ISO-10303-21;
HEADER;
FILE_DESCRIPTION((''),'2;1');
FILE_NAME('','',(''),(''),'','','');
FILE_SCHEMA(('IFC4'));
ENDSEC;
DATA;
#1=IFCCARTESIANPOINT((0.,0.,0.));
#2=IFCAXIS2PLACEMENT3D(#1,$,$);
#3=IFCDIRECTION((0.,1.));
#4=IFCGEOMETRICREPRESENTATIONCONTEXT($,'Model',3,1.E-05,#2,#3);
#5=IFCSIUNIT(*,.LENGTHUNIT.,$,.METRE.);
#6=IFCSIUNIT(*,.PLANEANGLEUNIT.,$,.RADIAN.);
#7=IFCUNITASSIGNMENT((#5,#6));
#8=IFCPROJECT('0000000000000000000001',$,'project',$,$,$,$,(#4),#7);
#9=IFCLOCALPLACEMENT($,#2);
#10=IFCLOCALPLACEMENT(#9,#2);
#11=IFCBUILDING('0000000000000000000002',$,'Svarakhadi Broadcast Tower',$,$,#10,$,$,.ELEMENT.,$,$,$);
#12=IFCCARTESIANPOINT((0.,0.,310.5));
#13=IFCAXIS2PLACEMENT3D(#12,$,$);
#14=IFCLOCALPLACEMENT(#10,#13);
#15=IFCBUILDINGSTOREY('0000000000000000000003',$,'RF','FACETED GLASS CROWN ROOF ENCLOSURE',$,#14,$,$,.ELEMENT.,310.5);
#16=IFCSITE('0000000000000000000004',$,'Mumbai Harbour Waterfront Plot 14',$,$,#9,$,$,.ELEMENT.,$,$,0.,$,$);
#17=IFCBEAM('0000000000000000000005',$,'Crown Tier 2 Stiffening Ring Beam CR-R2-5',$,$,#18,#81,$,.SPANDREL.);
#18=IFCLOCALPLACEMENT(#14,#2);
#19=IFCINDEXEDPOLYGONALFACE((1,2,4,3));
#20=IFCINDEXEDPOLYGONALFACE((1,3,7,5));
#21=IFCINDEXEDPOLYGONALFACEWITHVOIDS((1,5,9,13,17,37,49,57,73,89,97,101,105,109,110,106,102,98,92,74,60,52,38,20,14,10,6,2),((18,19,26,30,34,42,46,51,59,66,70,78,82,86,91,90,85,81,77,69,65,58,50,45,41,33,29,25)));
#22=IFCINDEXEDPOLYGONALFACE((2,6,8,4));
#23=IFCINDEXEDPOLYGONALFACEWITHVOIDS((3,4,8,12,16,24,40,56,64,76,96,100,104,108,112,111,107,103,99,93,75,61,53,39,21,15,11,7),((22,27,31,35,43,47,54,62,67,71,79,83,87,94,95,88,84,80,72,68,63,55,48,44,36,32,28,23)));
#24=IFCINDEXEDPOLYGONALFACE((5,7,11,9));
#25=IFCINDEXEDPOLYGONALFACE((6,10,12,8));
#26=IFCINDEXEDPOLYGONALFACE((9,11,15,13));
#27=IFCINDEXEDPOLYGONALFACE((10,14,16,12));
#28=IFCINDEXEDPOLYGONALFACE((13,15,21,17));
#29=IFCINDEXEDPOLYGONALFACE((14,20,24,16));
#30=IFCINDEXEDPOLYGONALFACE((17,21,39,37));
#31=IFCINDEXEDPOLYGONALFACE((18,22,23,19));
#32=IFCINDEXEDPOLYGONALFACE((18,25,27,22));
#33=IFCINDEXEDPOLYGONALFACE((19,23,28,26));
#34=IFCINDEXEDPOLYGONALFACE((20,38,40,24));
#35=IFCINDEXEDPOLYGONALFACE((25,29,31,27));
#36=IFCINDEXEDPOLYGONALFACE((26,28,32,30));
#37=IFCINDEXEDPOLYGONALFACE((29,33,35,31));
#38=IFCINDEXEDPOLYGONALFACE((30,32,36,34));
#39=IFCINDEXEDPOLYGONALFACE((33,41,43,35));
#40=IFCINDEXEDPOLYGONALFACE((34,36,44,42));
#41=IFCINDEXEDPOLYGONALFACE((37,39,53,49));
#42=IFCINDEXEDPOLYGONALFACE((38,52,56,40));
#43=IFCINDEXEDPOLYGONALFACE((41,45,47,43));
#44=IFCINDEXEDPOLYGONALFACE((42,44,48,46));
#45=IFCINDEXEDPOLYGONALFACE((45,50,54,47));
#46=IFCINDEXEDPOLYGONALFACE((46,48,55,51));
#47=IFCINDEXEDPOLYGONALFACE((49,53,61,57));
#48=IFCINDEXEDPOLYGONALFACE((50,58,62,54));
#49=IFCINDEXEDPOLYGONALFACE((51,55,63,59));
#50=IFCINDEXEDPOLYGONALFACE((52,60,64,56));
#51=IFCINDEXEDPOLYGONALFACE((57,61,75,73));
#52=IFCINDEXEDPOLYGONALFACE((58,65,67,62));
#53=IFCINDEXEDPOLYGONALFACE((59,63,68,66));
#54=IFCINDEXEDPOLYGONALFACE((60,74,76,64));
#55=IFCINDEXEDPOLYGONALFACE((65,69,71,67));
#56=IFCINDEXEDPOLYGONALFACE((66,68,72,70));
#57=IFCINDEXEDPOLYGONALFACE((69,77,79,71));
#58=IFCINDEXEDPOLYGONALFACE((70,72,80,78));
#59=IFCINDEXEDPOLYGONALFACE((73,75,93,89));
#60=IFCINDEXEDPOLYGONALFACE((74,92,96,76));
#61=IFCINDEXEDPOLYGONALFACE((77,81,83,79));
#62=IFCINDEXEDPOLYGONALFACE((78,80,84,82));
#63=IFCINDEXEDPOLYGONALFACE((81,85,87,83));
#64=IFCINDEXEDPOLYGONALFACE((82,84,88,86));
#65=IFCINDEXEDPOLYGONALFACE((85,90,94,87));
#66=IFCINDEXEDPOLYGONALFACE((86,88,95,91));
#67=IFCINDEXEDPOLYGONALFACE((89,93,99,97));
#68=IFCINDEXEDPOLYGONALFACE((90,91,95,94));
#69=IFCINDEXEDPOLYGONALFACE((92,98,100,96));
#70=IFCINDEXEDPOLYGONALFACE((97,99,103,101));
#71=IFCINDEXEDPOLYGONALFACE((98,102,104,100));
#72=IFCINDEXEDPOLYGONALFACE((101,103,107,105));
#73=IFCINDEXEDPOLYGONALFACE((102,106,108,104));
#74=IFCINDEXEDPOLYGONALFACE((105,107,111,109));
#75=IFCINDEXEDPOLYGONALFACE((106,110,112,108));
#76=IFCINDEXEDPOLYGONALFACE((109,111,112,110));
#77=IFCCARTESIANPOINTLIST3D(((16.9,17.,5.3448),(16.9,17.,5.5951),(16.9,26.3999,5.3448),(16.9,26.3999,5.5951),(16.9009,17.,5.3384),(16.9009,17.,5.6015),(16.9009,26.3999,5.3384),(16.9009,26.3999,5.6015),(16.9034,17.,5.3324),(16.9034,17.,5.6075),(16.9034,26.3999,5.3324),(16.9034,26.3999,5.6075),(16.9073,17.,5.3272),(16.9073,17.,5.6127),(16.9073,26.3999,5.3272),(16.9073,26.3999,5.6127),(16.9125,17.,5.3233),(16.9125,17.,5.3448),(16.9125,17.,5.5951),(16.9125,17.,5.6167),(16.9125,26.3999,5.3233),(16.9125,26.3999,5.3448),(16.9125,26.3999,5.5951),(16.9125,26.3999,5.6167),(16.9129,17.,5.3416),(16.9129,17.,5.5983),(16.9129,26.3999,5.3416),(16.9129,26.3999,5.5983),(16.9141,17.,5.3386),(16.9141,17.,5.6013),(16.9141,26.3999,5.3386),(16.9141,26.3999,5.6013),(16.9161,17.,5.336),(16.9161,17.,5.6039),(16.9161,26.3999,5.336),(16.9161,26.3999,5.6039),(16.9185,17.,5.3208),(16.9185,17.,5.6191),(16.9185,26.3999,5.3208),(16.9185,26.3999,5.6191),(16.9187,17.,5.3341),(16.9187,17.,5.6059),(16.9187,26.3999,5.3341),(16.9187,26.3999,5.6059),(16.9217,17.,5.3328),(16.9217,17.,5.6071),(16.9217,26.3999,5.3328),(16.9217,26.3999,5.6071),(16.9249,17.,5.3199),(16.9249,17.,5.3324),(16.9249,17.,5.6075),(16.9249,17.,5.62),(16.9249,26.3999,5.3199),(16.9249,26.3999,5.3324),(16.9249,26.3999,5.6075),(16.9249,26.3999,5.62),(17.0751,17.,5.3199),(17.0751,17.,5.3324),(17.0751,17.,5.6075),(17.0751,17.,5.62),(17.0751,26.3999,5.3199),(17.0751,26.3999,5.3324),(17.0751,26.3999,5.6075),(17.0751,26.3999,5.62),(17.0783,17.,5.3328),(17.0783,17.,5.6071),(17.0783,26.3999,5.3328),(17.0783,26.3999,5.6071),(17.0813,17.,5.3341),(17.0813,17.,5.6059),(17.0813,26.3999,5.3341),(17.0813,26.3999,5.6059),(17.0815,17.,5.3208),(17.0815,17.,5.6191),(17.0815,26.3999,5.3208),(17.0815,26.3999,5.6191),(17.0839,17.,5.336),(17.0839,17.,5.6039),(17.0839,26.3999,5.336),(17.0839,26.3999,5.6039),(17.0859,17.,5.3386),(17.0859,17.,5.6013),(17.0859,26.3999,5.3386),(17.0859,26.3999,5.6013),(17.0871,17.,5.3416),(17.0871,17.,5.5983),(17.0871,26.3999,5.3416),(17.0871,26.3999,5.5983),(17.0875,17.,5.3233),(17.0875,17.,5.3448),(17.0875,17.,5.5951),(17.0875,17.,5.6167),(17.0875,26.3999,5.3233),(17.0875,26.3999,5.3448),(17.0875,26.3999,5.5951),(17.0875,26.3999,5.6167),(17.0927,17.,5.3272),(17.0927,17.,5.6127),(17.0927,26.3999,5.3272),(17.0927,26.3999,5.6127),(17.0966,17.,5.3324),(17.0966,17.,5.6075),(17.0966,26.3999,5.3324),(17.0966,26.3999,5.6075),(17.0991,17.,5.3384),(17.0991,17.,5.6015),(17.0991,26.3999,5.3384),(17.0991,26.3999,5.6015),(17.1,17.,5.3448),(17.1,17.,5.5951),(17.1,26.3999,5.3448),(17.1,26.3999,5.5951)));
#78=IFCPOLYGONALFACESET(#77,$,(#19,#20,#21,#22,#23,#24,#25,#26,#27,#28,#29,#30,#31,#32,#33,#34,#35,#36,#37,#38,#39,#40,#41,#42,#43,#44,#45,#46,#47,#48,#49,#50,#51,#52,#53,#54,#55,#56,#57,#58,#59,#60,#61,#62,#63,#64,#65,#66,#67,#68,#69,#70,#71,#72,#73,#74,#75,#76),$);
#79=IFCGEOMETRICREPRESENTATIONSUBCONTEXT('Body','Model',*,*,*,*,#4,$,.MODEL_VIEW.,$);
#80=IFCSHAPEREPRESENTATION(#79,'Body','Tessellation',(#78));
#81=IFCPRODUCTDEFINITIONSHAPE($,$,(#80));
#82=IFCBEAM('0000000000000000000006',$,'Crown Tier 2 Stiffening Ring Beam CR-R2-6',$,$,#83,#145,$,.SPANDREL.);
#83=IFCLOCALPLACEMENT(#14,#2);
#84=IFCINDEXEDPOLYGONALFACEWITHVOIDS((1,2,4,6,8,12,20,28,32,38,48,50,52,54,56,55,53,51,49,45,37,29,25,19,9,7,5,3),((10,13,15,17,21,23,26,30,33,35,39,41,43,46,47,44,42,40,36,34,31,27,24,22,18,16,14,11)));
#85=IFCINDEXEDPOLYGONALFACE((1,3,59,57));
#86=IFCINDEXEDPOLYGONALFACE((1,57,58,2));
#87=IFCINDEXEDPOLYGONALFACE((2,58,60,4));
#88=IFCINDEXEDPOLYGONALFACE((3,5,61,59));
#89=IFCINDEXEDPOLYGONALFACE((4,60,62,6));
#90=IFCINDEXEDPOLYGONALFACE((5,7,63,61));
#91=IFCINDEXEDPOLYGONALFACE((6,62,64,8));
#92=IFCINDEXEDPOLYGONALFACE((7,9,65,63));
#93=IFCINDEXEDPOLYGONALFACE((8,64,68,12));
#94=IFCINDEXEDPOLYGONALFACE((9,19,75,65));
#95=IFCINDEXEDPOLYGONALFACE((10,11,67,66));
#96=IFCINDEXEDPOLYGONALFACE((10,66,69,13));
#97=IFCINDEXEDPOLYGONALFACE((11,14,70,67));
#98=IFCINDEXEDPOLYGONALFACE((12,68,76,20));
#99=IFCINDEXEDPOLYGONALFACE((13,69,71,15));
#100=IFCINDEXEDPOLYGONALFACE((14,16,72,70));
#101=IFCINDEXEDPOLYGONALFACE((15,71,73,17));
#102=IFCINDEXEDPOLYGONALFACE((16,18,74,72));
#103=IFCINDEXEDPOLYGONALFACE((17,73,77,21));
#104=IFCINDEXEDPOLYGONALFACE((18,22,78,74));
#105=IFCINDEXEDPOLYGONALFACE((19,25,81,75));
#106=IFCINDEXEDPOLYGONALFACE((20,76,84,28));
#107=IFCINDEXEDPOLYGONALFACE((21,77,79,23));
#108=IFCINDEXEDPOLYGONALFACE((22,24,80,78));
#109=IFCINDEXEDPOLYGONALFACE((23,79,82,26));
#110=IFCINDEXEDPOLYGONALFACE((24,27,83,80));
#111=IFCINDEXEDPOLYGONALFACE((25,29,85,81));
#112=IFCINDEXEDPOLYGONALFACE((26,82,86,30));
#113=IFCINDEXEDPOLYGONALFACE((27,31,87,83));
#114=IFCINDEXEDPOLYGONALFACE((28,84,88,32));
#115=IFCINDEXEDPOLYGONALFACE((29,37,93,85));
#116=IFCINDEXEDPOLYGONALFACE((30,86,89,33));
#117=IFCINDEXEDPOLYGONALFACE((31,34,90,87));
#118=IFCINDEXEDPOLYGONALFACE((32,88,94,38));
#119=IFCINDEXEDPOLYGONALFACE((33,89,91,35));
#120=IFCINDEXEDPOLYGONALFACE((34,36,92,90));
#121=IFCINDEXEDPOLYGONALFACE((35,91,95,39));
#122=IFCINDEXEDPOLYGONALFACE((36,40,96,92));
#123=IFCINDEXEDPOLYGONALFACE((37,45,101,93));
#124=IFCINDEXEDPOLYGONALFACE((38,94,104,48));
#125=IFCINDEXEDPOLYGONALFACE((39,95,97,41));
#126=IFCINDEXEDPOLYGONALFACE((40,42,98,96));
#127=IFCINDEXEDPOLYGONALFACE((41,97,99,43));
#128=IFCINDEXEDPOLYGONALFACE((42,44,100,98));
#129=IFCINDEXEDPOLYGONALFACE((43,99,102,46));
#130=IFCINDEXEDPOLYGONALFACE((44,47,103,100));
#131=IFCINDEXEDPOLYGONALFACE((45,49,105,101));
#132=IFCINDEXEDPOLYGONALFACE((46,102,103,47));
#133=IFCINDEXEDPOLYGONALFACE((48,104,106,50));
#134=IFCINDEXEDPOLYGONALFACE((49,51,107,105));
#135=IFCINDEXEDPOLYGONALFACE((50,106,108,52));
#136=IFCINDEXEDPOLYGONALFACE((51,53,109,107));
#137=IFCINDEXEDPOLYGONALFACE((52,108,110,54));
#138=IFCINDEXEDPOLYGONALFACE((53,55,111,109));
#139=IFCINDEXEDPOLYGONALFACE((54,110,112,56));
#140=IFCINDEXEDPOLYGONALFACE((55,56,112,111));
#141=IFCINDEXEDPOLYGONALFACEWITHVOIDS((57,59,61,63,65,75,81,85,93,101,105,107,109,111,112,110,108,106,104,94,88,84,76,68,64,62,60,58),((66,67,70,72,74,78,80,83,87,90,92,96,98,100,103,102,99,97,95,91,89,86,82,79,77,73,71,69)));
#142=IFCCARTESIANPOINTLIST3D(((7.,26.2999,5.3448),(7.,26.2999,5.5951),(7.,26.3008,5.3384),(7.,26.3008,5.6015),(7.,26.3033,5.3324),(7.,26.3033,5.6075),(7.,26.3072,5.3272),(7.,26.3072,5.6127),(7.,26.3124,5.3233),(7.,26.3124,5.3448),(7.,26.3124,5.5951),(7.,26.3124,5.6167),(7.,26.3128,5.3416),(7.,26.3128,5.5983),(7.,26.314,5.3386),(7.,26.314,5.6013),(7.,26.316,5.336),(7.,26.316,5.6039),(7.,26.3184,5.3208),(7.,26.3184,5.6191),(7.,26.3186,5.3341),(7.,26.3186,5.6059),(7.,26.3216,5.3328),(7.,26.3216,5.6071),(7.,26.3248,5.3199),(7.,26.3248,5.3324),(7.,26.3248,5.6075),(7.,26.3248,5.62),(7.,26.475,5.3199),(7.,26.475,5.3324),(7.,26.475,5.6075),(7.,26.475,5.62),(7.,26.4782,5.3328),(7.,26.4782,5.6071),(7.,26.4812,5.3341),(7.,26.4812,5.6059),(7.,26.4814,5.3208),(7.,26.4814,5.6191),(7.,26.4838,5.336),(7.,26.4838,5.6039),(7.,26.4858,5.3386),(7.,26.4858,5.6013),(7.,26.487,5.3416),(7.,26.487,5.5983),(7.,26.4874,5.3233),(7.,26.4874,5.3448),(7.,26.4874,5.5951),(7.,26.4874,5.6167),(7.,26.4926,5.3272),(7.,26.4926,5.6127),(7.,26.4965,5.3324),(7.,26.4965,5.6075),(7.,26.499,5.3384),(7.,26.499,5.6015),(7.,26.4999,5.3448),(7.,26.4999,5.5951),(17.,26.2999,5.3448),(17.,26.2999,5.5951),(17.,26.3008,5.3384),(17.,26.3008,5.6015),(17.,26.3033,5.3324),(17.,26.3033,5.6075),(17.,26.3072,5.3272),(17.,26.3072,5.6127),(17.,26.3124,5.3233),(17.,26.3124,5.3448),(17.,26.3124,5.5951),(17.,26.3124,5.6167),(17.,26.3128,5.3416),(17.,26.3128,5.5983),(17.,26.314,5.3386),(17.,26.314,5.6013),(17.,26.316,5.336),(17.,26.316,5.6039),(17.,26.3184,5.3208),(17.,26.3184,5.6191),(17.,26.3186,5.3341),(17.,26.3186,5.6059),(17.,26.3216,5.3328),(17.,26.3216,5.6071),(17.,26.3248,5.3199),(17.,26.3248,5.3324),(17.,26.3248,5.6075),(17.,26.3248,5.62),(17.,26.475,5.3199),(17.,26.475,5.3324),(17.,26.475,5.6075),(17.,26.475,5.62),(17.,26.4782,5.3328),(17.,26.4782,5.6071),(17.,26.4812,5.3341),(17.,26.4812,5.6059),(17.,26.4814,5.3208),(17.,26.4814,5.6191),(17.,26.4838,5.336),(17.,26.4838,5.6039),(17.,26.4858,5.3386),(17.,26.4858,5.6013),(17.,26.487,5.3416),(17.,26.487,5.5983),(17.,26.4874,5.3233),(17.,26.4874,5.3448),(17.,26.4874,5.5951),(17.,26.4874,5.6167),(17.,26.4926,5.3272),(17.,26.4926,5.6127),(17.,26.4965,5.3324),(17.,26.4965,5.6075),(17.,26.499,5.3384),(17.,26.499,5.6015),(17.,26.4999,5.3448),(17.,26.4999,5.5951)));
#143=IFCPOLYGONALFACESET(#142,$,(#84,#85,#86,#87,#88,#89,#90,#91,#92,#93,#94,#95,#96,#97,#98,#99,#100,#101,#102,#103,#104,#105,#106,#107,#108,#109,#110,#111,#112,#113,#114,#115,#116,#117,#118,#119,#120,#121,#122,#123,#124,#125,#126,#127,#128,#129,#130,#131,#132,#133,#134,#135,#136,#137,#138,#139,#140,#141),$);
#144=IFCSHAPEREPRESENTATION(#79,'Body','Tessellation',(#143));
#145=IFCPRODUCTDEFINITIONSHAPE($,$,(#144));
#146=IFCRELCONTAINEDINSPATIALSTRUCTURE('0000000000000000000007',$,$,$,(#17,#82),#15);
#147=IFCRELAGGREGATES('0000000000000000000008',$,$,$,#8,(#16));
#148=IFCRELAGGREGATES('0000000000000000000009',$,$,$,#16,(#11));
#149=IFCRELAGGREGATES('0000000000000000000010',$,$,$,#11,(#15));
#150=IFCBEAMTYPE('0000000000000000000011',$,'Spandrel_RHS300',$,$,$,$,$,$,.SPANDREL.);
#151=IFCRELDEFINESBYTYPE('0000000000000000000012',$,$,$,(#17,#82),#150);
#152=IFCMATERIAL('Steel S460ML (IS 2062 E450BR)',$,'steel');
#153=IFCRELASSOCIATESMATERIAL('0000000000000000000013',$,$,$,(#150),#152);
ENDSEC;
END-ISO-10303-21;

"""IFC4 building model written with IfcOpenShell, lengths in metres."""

from ifc_helpers import new_model, si_unit, direction, frame, origin, origin_2d, place, context, subcontext, project, spatial, hollow_rectangle, extrude, material, material_profile, profile_set, type_object, element, save


model = new_model("IFC4")

# Units and contexts
model_context = context("Model", 3, precision=1e-05, world=origin(), true_north=direction((0.0, 1.0)))
body_context = subcontext(model_context, "Body", "Model", "MODEL_VIEW")
ifc_project = project(units=[si_unit("LENGTHUNIT", "METRE"), si_unit("PLANEANGLEUNIT", "RADIAN")], contexts=[model_context])

# Site, building, storey
site_placement = place(None, origin())
site = spatial("IfcSite", under=ifc_project, at=site_placement, Name="Mumbai Harbour Waterfront Plot 14", CompositionType="ELEMENT", RefElevation=0.0)
building_placement = place(site_placement, origin())
building = spatial("IfcBuilding", under=site, at=building_placement, Name="Svarakhadi Broadcast Tower", CompositionType="ELEMENT")
storey_placement = place(building_placement, frame((0.0, 0.0, 310.5)))
storey = spatial("IfcBuildingStorey", under=building, at=storey_placement, Name="RF", Description="FACETED GLASS CROWN ROOF ENCLOSURE", CompositionType="ELEMENT", Elevation=310.5)

# Shared definitions
ifc_material_1 = material(Name="Steel S460ML (IS 2062 E450BR)", Category="steel")

# Beams
ifc_material_profile_1 = material_profile(ifc_material_1, hollow_rectangle(XDim=0.2, YDim=0.3, WallThickness=0.0125, InnerFilletRadius=0.0125, OuterFilletRadius=0.0249, at=origin_2d()), Name="RHS 300x200x12.5")
ifc_profile_set_1 = profile_set([ifc_material_profile_1], Name="Steel S460ML (IS 2062 E450BR)")
beam_type_1 = type_object("IfcBeamType", Name="Spandrel_RHS300", PredefinedType="SPANDREL", material=ifc_profile_set_1)
beam_1_placement = place(storey_placement, frame((17.0, 17.0, 5.47), z_axis=(0.0, 1.0, 0.0), x_axis=(-1.0, 0.0, 0.0)))
element("IfcBeam", 1, at=beam_1_placement, inside=storey, type_object=beam_type_1, Name="Crown Tier 2 Stiffening Ring Beam CR-R2-5", PredefinedType="SPANDREL", context=body_context, shape_type="SweptSolid", body=[
    extrude(hollow_rectangle(XDim=0.2, YDim=0.3, WallThickness=0.0125, InnerFilletRadius=0.0125, OuterFilletRadius=0.0249, at=origin_2d()), origin(), (0.0, 0.0, 1.0), 9.3999),
])
beam_2_placement = place(storey_placement, frame((17.0, 26.3999, 5.47), z_axis=(-1.0, 0.0, 0.0), x_axis=(0.0, -1.0, 0.0)))
element("IfcBeam", 2, at=beam_2_placement, inside=storey, type_object=beam_type_1, Name="Crown Tier 2 Stiffening Ring Beam CR-R2-6", PredefinedType="SPANDREL", context=body_context, shape_type="SweptSolid", body=[
    extrude(hollow_rectangle(XDim=0.2, YDim=0.3, WallThickness=0.0125, InnerFilletRadius=0.0125, OuterFilletRadius=0.0249, at=origin_2d()), origin(), (0.0, 0.0, 1.0), 10.0),
])

save(model, "model.ifc")
